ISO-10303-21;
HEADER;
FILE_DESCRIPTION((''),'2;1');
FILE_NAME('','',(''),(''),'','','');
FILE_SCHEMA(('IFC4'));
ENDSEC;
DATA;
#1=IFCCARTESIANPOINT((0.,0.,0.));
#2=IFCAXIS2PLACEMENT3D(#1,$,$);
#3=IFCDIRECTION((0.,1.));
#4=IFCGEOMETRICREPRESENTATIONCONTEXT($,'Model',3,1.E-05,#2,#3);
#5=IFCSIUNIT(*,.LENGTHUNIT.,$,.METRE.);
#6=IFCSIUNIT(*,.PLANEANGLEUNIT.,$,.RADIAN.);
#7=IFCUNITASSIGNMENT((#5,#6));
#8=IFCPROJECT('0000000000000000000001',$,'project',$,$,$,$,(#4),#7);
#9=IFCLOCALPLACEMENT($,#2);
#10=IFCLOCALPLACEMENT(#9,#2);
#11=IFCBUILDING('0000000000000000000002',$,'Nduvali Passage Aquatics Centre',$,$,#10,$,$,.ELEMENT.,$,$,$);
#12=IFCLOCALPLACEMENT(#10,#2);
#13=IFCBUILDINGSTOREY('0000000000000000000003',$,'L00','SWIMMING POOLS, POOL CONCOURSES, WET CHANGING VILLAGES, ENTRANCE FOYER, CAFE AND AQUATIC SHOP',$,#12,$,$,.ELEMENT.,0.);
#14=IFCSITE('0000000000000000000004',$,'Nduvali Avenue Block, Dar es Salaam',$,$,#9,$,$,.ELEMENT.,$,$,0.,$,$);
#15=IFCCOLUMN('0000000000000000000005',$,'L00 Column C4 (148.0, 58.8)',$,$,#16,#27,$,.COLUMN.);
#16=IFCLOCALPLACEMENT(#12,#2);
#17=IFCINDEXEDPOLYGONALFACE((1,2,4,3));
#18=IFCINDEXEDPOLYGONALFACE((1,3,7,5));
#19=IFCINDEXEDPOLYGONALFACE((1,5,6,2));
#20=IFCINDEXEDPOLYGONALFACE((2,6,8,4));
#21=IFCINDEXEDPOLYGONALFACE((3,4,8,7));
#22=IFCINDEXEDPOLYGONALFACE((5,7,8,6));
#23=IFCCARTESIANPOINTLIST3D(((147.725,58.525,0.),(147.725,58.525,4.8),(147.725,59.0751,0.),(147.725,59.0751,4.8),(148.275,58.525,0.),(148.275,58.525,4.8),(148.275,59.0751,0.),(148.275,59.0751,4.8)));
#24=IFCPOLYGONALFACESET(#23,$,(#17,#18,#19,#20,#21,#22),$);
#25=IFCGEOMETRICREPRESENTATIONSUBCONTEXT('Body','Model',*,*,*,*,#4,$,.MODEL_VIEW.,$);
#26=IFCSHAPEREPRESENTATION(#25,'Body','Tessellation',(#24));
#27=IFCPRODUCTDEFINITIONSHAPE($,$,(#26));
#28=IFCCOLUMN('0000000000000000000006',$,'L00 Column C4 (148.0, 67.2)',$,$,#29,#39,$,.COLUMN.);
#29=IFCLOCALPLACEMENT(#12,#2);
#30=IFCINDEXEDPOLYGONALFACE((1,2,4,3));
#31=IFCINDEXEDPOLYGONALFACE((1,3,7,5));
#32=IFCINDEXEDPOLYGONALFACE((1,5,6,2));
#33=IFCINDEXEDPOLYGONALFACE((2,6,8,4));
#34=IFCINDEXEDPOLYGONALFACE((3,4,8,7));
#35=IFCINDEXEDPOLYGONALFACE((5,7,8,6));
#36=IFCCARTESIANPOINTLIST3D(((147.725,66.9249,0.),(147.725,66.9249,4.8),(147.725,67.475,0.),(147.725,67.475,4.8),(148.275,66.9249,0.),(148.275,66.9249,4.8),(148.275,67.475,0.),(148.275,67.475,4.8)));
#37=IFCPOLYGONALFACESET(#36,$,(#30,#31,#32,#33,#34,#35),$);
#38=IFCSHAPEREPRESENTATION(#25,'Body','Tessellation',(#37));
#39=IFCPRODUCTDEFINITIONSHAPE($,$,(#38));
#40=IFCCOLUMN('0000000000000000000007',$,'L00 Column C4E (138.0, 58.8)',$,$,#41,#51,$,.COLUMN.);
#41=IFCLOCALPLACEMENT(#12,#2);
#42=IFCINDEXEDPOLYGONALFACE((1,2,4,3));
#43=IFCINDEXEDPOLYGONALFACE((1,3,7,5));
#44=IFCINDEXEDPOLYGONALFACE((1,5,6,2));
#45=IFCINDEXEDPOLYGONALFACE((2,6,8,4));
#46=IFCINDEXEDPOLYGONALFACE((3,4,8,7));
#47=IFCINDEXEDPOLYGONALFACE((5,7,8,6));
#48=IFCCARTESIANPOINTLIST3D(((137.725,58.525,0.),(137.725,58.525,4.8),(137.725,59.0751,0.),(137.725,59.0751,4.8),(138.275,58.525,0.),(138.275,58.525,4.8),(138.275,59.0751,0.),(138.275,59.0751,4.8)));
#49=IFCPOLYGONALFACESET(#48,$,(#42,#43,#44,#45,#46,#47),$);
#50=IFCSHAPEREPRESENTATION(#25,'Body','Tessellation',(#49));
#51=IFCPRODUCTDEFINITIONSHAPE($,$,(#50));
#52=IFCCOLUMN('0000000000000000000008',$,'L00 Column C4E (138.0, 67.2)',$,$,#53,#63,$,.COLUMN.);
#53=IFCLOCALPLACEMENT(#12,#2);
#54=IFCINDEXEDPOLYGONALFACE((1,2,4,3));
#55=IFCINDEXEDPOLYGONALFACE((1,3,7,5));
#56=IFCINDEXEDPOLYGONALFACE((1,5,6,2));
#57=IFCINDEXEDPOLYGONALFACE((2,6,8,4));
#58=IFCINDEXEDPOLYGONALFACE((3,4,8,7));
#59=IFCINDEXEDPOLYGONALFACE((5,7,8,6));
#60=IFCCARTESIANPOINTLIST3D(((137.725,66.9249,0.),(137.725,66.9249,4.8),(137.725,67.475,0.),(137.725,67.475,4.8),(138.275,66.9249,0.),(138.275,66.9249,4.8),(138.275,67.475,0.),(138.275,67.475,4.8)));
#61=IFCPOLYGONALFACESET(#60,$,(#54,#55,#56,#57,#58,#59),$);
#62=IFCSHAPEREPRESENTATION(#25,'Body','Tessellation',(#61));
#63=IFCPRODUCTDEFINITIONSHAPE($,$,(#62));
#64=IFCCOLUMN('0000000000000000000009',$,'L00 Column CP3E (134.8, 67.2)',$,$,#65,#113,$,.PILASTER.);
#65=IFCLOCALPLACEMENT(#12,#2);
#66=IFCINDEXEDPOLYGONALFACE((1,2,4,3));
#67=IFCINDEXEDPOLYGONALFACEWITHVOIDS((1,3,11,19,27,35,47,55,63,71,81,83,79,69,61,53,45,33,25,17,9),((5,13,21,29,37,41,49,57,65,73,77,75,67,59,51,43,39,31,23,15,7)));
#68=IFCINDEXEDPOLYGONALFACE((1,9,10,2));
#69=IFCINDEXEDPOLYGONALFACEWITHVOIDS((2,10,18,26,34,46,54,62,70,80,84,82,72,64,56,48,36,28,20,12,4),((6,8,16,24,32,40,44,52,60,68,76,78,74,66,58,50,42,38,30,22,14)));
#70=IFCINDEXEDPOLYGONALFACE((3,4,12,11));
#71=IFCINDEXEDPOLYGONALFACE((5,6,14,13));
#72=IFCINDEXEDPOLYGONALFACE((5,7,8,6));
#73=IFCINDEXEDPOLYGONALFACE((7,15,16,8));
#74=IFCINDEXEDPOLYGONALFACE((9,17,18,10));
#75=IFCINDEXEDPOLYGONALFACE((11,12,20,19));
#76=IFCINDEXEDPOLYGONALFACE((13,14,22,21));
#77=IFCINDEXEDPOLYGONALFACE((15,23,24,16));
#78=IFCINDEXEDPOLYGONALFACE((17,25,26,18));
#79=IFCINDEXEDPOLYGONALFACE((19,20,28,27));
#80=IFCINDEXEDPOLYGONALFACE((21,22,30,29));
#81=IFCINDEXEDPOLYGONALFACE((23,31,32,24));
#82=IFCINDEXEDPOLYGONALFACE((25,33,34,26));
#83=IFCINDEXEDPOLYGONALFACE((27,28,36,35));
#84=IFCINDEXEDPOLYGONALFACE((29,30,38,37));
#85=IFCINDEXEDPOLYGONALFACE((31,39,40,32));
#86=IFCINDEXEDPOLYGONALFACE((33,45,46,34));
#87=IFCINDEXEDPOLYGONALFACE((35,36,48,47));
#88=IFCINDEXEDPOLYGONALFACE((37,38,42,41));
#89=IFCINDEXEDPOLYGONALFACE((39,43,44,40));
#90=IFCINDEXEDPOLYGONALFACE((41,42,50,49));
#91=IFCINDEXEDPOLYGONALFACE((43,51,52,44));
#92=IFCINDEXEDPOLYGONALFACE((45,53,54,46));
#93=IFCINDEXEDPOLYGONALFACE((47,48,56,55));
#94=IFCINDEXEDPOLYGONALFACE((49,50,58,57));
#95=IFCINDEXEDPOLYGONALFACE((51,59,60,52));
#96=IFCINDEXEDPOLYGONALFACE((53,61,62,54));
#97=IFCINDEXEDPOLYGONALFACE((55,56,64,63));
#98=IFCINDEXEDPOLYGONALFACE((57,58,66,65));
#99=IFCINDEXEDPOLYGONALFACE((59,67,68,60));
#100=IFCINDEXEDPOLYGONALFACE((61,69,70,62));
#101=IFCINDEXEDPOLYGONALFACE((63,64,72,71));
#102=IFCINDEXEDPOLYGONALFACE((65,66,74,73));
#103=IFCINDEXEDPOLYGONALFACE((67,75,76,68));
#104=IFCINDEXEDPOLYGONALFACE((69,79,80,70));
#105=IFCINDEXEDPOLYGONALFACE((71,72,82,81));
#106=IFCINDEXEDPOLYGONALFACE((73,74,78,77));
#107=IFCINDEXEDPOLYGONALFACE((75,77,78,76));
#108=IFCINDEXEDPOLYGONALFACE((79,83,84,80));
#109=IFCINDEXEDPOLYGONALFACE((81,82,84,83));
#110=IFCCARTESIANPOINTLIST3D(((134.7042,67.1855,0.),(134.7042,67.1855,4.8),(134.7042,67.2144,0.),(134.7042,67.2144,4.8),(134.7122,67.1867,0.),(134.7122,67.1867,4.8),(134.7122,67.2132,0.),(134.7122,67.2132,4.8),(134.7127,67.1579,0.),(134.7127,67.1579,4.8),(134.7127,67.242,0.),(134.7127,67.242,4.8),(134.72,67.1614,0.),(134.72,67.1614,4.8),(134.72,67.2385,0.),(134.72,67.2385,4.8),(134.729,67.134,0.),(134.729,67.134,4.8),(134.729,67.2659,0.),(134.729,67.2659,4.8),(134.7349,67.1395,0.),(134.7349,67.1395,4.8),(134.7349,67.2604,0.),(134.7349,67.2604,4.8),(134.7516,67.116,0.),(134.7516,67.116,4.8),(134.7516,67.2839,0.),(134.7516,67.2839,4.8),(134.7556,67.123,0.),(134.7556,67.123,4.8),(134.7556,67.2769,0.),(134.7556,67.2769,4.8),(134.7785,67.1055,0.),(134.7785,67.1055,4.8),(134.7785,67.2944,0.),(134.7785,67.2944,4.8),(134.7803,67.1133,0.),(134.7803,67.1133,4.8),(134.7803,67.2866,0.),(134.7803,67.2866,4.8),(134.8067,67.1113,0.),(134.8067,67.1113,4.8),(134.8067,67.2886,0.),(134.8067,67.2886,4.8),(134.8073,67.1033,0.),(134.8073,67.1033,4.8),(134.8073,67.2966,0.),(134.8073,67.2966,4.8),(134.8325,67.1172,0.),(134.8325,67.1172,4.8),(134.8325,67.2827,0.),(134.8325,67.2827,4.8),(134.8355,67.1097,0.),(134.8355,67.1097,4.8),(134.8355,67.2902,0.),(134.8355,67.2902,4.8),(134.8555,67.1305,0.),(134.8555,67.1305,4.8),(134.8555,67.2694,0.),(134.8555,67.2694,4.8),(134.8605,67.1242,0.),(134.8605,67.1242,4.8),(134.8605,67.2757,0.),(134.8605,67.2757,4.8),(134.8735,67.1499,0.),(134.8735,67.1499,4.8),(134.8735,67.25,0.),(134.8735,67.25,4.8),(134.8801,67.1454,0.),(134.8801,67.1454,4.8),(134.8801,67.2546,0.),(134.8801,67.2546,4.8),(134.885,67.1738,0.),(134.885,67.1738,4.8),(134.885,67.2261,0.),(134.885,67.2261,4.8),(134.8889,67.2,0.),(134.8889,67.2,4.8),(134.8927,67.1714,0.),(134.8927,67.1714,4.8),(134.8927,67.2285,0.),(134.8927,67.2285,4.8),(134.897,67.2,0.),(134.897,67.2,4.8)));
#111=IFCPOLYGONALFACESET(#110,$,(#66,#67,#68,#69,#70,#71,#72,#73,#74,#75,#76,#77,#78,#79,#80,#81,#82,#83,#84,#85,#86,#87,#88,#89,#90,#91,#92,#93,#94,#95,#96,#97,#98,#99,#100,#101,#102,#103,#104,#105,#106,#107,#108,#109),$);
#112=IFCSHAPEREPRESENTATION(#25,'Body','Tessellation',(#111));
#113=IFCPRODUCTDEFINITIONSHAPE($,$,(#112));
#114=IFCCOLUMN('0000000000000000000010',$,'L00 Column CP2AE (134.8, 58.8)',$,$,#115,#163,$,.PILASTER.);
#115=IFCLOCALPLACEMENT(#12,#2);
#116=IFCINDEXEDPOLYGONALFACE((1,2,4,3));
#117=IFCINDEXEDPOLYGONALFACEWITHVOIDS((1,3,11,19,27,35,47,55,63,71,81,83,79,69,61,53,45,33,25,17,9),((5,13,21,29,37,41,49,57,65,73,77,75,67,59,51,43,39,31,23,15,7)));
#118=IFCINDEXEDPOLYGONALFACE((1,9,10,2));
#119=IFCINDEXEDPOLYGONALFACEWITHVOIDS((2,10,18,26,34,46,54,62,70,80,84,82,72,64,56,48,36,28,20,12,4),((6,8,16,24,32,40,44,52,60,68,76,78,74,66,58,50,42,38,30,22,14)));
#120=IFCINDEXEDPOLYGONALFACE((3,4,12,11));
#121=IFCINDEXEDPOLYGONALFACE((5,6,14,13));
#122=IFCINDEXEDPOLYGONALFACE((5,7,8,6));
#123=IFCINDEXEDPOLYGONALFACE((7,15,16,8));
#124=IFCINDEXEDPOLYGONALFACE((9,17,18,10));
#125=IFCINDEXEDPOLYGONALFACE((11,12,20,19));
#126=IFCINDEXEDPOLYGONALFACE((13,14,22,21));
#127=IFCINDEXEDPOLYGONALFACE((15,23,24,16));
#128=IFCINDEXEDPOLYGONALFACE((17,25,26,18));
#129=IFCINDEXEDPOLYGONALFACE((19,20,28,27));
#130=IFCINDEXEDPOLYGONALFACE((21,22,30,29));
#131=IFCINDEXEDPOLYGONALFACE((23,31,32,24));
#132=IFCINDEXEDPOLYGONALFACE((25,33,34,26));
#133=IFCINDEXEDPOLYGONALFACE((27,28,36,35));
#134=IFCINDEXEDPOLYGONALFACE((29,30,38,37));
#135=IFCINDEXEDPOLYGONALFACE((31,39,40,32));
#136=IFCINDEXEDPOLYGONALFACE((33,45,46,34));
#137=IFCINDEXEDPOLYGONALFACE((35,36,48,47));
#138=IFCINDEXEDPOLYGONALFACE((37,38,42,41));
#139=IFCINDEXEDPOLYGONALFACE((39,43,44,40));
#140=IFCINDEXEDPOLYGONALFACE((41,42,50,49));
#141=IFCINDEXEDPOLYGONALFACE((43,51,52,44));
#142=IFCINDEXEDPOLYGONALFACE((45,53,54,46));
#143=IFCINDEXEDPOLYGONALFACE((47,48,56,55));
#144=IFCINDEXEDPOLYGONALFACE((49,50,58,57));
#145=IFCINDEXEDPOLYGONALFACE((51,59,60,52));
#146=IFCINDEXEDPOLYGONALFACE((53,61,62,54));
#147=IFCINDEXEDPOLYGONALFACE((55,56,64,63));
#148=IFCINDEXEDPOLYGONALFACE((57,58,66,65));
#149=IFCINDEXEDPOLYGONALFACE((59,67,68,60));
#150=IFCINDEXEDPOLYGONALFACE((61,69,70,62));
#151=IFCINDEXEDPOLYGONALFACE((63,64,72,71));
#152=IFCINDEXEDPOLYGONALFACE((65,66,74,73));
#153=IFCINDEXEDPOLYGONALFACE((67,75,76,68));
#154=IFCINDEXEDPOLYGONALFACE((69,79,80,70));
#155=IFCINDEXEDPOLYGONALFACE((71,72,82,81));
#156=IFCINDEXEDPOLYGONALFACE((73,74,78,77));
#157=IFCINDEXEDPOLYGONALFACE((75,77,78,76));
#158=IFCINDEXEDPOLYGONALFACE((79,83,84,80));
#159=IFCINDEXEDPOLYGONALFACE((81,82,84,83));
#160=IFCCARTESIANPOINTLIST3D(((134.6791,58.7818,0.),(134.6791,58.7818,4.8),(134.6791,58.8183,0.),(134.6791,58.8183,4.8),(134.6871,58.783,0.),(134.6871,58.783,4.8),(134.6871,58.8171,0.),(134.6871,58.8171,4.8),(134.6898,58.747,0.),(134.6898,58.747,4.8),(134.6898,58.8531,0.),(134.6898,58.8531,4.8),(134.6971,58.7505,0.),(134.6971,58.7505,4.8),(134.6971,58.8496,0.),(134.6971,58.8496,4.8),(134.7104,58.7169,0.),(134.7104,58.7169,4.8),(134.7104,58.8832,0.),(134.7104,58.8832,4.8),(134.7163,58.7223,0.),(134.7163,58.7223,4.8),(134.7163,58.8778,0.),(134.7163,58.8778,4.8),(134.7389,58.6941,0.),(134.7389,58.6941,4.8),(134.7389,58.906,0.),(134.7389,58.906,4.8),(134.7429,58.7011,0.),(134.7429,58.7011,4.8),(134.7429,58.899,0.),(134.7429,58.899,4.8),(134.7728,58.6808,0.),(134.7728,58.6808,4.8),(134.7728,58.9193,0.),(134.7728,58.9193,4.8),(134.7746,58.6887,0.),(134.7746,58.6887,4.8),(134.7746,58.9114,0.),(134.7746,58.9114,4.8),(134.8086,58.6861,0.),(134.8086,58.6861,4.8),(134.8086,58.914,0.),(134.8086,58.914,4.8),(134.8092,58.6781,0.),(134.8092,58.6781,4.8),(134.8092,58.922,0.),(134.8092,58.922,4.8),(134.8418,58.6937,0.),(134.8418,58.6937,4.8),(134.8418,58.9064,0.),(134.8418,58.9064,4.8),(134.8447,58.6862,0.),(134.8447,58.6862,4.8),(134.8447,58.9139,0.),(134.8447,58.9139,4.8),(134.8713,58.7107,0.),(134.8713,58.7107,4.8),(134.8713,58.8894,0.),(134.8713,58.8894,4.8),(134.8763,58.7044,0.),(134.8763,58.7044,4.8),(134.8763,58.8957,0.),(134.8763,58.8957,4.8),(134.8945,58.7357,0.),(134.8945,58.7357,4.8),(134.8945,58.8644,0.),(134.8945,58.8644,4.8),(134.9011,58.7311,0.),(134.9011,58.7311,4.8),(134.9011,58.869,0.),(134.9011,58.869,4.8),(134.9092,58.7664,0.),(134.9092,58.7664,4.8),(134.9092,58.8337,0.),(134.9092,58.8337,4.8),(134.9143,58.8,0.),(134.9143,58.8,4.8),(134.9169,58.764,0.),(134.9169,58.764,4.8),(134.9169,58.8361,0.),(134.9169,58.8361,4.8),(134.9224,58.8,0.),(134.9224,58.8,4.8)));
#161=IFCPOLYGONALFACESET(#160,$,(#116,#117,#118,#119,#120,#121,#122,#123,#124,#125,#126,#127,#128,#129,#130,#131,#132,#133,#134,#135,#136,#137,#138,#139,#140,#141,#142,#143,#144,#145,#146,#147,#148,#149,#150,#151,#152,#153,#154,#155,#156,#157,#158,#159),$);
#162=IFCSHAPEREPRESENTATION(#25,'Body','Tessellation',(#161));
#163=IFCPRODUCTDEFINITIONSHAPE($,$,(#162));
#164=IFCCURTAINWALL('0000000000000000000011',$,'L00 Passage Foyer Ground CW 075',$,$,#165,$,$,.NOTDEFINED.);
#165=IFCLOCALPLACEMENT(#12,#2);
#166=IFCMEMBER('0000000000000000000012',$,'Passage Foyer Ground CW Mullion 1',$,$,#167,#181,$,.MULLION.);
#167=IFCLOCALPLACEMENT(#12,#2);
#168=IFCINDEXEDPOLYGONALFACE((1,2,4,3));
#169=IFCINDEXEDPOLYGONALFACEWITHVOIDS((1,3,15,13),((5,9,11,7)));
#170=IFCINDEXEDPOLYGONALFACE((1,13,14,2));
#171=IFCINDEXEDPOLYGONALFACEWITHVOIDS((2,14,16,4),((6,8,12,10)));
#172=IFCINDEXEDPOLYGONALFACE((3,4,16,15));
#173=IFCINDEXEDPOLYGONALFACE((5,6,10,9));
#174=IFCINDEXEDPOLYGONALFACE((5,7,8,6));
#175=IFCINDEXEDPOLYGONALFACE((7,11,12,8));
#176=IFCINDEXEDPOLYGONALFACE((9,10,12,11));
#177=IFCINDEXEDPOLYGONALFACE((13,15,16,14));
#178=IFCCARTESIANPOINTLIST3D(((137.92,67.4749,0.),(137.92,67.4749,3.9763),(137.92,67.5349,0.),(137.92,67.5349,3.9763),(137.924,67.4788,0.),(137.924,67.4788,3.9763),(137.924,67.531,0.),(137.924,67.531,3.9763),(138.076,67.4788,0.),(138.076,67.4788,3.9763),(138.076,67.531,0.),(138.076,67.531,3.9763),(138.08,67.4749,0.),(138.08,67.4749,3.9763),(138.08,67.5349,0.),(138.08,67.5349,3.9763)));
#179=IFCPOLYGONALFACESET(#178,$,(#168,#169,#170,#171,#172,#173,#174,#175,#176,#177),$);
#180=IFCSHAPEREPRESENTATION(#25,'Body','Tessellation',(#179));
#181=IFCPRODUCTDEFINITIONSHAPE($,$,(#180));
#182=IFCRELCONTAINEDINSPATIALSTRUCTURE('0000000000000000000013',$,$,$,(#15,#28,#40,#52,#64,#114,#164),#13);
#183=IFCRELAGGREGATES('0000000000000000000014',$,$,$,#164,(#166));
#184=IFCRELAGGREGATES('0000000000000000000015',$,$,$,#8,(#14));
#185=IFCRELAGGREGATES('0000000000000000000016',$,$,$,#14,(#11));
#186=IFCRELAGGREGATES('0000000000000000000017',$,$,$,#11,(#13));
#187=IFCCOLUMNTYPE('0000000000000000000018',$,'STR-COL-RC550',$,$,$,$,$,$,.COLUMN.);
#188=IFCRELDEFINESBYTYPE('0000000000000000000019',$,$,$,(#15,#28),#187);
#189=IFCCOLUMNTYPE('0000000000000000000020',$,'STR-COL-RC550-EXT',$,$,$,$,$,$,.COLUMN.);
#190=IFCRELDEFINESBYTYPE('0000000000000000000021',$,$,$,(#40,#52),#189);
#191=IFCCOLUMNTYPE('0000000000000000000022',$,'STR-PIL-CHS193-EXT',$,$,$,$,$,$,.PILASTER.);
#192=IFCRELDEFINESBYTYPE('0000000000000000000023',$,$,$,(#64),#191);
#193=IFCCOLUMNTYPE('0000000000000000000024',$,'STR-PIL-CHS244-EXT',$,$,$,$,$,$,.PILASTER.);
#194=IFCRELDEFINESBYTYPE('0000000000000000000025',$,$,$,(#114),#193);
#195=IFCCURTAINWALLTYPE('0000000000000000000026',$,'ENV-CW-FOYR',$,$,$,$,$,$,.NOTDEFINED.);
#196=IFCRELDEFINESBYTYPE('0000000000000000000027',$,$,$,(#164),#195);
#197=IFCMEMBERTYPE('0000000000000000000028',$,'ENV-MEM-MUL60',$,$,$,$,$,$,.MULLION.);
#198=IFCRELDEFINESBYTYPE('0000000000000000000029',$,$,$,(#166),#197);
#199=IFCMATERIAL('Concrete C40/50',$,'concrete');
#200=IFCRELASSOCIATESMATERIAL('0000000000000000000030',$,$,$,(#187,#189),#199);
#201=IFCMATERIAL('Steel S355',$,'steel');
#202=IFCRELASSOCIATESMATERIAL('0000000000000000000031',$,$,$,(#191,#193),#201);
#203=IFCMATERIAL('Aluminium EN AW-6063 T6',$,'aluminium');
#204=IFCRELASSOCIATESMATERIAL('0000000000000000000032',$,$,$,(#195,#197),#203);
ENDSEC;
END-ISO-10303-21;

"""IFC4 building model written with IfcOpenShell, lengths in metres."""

from ifc_helpers import new_model, si_unit, direction, frame, origin, origin_2d, place, context, subcontext, project, spatial, rectangle, hollow_rectangle, hollow_circle, extrude, material, material_profile, profile_set, type_object, element, aggregate, save


model = new_model("IFC4")

# Units and contexts
model_context = context("Model", 3, precision=1e-05, world=origin(), true_north=direction((0.0, 1.0)))
body_context = subcontext(model_context, "Body", "Model", "MODEL_VIEW")
ifc_project = project(units=[si_unit("LENGTHUNIT", "METRE"), si_unit("PLANEANGLEUNIT", "RADIAN")], contexts=[model_context])

# Site, building, storey
site_placement = place(None, origin())
site = spatial("IfcSite", under=ifc_project, at=site_placement, Name="Nduvali Avenue Block, Dar es Salaam", CompositionType="ELEMENT", RefElevation=0.0)
building_placement = place(site_placement, origin())
building = spatial("IfcBuilding", under=site, at=building_placement, Name="Nduvali Passage Aquatics Centre", CompositionType="ELEMENT")
storey_placement = place(building_placement, origin())
storey = spatial("IfcBuildingStorey", under=building, at=storey_placement, Name="L00", Description="SWIMMING POOLS, POOL CONCOURSES, WET CHANGING VILLAGES, ENTRANCE FOYER, CAFE AND AQUATIC SHOP", CompositionType="ELEMENT", Elevation=0.0)

# Columns
ifc_material_1 = material(Name="Concrete C40/50", Category="concrete")
ifc_material_profile_1 = material_profile(ifc_material_1, rectangle(XDim=0.55, YDim=0.55, at=origin_2d()), Name="RC 550x550")
ifc_profile_set_1 = profile_set([ifc_material_profile_1], Name="Concrete C40/50")
column_type_1 = type_object("IfcColumnType", Name="STR-COL-RC550", PredefinedType="COLUMN", material=ifc_profile_set_1)
for number, where, z_axis, x_axis, name in (
    (1, (148.0, 58.8, 0.0), (0.0, 0.0, 1.0), (1.0, 0.0, 0.0), "L00 Column C4 (148.0, 58.8)"),
    (2, (148.0, 67.2, 0.0), (0.0, 0.0, 1.0), (1.0, 0.0, 0.0), "L00 Column C4 (148.0, 67.2)"),
):
    element("IfcColumn", number, at=place(storey_placement, frame(where, z_axis=z_axis, x_axis=x_axis)), inside=storey, type_object=column_type_1, Name=name, PredefinedType="COLUMN", context=body_context, shape_type="SweptSolid", body=[
        extrude(rectangle(XDim=0.55, YDim=0.55, at=origin_2d()), origin(), (0.0, 0.0, 1.0), 4.8),
    ])
ifc_material_profile_2 = material_profile(ifc_material_1, rectangle(XDim=0.55, YDim=0.55, at=origin_2d()), Name="RC 550x550")
ifc_profile_set_2 = profile_set([ifc_material_profile_2], Name="Concrete C40/50")
column_type_2 = type_object("IfcColumnType", Name="STR-COL-RC550-EXT", PredefinedType="COLUMN", material=ifc_profile_set_2)
for number, where, z_axis, x_axis, name in (
    (3, (138.0, 58.8, 0.0), (0.0, 0.0, 1.0), (1.0, 0.0, 0.0), "L00 Column C4E (138.0, 58.8)"),
    (4, (138.0, 67.2, 0.0), (0.0, 0.0, 1.0), (1.0, 0.0, 0.0), "L00 Column C4E (138.0, 67.2)"),
):
    element("IfcColumn", number, at=place(storey_placement, frame(where, z_axis=z_axis, x_axis=x_axis)), inside=storey, type_object=column_type_2, Name=name, PredefinedType="COLUMN", context=body_context, shape_type="SweptSolid", body=[
        extrude(rectangle(XDim=0.55, YDim=0.55, at=origin_2d()), origin(), (0.0, 0.0, 1.0), 4.8),
    ])
ifc_material_2 = material(Name="Steel S355", Category="steel")
ifc_material_profile_3 = material_profile(ifc_material_2, hollow_circle(Radius=0.0969, WallThickness=0.0081, at=origin_2d()), Name="CHS 193.7x8.0")
ifc_profile_set_3 = profile_set([ifc_material_profile_3], Name="Steel S355")
column_type_3 = type_object("IfcColumnType", Name="STR-PIL-CHS193-EXT", PredefinedType="PILASTER", material=ifc_profile_set_3)
column_1_placement = place(storey_placement, frame((134.8, 67.2, 0.0), z_axis=(0.0, 0.0, 1.0), x_axis=(1.0, 0.0, 0.0)))
element("IfcColumn", 5, at=column_1_placement, inside=storey, type_object=column_type_3, Name="L00 Column CP3E (134.8, 67.2)", PredefinedType="PILASTER", context=body_context, shape_type="SweptSolid", body=[
    extrude(hollow_circle(Radius=0.0969, WallThickness=0.0081, at=origin_2d()), origin(), (0.0, 0.0, 1.0), 4.8),
])
ifc_material_profile_4 = material_profile(ifc_material_2, hollow_circle(Radius=0.1223, WallThickness=0.0081, at=origin_2d()), Name="CHS 244.5x8.0")
ifc_profile_set_4 = profile_set([ifc_material_profile_4], Name="Steel S355")
column_type_4 = type_object("IfcColumnType", Name="STR-PIL-CHS244-EXT", PredefinedType="PILASTER", material=ifc_profile_set_4)
column_2_placement = place(storey_placement, frame((134.8, 58.8, 0.0), z_axis=(0.0, 0.0, 1.0), x_axis=(1.0, 0.0, 0.0)))
element("IfcColumn", 6, at=column_2_placement, inside=storey, type_object=column_type_4, Name="L00 Column CP2AE (134.8, 58.8)", PredefinedType="PILASTER", context=body_context, shape_type="SweptSolid", body=[
    extrude(hollow_circle(Radius=0.1223, WallThickness=0.0081, at=origin_2d()), origin(), (0.0, 0.0, 1.0), 4.8),
])

# Curtain wall, member
ifc_material_3 = material(Name="Aluminium EN AW-6063 T6", Category="aluminium")
curtain_wall_type = type_object("IfcCurtainWallType", Name="ENV-CW-FOYR", PredefinedType="NOTDEFINED", material=ifc_material_3)
curtain_wall_placement = place(storey_placement, origin())
curtain_wall = element("IfcCurtainWall", 7, at=curtain_wall_placement, inside=storey, type_object=curtain_wall_type, Name="L00 Passage Foyer Ground CW 075", PredefinedType="NOTDEFINED")
ifc_material_profile_5 = material_profile(ifc_material_3, hollow_rectangle(XDim=0.0601, YDim=0.1599, WallThickness=0.0039, at=origin_2d()), Name="ALU MULLION 60x160x4")
ifc_profile_set_5 = profile_set([ifc_material_profile_5], Name="Aluminium EN AW-6063 T6")
member_type_1 = type_object("IfcMemberType", Name="ENV-MEM-MUL60", PredefinedType="MULLION", material=ifc_profile_set_5)
member_1_placement = place(storey_placement, frame((138.0, 67.5049, 0.0), z_axis=(0.0, 0.0, 1.0), x_axis=(0.0, 1.0, 0.0)))
member_1 = element("IfcMember", 8, at=member_1_placement, type_object=member_type_1, Name="Passage Foyer Ground CW Mullion 1", PredefinedType="MULLION", context=body_context, shape_type="SweptSolid", body=[
    extrude(hollow_rectangle(XDim=0.0601, YDim=0.1599, WallThickness=0.0039, at=origin_2d()), origin(), (0.0, 0.0, 1.0), 3.9763),
])

aggregate(curtain_wall, [member_1])

save(model, "model.ifc")
